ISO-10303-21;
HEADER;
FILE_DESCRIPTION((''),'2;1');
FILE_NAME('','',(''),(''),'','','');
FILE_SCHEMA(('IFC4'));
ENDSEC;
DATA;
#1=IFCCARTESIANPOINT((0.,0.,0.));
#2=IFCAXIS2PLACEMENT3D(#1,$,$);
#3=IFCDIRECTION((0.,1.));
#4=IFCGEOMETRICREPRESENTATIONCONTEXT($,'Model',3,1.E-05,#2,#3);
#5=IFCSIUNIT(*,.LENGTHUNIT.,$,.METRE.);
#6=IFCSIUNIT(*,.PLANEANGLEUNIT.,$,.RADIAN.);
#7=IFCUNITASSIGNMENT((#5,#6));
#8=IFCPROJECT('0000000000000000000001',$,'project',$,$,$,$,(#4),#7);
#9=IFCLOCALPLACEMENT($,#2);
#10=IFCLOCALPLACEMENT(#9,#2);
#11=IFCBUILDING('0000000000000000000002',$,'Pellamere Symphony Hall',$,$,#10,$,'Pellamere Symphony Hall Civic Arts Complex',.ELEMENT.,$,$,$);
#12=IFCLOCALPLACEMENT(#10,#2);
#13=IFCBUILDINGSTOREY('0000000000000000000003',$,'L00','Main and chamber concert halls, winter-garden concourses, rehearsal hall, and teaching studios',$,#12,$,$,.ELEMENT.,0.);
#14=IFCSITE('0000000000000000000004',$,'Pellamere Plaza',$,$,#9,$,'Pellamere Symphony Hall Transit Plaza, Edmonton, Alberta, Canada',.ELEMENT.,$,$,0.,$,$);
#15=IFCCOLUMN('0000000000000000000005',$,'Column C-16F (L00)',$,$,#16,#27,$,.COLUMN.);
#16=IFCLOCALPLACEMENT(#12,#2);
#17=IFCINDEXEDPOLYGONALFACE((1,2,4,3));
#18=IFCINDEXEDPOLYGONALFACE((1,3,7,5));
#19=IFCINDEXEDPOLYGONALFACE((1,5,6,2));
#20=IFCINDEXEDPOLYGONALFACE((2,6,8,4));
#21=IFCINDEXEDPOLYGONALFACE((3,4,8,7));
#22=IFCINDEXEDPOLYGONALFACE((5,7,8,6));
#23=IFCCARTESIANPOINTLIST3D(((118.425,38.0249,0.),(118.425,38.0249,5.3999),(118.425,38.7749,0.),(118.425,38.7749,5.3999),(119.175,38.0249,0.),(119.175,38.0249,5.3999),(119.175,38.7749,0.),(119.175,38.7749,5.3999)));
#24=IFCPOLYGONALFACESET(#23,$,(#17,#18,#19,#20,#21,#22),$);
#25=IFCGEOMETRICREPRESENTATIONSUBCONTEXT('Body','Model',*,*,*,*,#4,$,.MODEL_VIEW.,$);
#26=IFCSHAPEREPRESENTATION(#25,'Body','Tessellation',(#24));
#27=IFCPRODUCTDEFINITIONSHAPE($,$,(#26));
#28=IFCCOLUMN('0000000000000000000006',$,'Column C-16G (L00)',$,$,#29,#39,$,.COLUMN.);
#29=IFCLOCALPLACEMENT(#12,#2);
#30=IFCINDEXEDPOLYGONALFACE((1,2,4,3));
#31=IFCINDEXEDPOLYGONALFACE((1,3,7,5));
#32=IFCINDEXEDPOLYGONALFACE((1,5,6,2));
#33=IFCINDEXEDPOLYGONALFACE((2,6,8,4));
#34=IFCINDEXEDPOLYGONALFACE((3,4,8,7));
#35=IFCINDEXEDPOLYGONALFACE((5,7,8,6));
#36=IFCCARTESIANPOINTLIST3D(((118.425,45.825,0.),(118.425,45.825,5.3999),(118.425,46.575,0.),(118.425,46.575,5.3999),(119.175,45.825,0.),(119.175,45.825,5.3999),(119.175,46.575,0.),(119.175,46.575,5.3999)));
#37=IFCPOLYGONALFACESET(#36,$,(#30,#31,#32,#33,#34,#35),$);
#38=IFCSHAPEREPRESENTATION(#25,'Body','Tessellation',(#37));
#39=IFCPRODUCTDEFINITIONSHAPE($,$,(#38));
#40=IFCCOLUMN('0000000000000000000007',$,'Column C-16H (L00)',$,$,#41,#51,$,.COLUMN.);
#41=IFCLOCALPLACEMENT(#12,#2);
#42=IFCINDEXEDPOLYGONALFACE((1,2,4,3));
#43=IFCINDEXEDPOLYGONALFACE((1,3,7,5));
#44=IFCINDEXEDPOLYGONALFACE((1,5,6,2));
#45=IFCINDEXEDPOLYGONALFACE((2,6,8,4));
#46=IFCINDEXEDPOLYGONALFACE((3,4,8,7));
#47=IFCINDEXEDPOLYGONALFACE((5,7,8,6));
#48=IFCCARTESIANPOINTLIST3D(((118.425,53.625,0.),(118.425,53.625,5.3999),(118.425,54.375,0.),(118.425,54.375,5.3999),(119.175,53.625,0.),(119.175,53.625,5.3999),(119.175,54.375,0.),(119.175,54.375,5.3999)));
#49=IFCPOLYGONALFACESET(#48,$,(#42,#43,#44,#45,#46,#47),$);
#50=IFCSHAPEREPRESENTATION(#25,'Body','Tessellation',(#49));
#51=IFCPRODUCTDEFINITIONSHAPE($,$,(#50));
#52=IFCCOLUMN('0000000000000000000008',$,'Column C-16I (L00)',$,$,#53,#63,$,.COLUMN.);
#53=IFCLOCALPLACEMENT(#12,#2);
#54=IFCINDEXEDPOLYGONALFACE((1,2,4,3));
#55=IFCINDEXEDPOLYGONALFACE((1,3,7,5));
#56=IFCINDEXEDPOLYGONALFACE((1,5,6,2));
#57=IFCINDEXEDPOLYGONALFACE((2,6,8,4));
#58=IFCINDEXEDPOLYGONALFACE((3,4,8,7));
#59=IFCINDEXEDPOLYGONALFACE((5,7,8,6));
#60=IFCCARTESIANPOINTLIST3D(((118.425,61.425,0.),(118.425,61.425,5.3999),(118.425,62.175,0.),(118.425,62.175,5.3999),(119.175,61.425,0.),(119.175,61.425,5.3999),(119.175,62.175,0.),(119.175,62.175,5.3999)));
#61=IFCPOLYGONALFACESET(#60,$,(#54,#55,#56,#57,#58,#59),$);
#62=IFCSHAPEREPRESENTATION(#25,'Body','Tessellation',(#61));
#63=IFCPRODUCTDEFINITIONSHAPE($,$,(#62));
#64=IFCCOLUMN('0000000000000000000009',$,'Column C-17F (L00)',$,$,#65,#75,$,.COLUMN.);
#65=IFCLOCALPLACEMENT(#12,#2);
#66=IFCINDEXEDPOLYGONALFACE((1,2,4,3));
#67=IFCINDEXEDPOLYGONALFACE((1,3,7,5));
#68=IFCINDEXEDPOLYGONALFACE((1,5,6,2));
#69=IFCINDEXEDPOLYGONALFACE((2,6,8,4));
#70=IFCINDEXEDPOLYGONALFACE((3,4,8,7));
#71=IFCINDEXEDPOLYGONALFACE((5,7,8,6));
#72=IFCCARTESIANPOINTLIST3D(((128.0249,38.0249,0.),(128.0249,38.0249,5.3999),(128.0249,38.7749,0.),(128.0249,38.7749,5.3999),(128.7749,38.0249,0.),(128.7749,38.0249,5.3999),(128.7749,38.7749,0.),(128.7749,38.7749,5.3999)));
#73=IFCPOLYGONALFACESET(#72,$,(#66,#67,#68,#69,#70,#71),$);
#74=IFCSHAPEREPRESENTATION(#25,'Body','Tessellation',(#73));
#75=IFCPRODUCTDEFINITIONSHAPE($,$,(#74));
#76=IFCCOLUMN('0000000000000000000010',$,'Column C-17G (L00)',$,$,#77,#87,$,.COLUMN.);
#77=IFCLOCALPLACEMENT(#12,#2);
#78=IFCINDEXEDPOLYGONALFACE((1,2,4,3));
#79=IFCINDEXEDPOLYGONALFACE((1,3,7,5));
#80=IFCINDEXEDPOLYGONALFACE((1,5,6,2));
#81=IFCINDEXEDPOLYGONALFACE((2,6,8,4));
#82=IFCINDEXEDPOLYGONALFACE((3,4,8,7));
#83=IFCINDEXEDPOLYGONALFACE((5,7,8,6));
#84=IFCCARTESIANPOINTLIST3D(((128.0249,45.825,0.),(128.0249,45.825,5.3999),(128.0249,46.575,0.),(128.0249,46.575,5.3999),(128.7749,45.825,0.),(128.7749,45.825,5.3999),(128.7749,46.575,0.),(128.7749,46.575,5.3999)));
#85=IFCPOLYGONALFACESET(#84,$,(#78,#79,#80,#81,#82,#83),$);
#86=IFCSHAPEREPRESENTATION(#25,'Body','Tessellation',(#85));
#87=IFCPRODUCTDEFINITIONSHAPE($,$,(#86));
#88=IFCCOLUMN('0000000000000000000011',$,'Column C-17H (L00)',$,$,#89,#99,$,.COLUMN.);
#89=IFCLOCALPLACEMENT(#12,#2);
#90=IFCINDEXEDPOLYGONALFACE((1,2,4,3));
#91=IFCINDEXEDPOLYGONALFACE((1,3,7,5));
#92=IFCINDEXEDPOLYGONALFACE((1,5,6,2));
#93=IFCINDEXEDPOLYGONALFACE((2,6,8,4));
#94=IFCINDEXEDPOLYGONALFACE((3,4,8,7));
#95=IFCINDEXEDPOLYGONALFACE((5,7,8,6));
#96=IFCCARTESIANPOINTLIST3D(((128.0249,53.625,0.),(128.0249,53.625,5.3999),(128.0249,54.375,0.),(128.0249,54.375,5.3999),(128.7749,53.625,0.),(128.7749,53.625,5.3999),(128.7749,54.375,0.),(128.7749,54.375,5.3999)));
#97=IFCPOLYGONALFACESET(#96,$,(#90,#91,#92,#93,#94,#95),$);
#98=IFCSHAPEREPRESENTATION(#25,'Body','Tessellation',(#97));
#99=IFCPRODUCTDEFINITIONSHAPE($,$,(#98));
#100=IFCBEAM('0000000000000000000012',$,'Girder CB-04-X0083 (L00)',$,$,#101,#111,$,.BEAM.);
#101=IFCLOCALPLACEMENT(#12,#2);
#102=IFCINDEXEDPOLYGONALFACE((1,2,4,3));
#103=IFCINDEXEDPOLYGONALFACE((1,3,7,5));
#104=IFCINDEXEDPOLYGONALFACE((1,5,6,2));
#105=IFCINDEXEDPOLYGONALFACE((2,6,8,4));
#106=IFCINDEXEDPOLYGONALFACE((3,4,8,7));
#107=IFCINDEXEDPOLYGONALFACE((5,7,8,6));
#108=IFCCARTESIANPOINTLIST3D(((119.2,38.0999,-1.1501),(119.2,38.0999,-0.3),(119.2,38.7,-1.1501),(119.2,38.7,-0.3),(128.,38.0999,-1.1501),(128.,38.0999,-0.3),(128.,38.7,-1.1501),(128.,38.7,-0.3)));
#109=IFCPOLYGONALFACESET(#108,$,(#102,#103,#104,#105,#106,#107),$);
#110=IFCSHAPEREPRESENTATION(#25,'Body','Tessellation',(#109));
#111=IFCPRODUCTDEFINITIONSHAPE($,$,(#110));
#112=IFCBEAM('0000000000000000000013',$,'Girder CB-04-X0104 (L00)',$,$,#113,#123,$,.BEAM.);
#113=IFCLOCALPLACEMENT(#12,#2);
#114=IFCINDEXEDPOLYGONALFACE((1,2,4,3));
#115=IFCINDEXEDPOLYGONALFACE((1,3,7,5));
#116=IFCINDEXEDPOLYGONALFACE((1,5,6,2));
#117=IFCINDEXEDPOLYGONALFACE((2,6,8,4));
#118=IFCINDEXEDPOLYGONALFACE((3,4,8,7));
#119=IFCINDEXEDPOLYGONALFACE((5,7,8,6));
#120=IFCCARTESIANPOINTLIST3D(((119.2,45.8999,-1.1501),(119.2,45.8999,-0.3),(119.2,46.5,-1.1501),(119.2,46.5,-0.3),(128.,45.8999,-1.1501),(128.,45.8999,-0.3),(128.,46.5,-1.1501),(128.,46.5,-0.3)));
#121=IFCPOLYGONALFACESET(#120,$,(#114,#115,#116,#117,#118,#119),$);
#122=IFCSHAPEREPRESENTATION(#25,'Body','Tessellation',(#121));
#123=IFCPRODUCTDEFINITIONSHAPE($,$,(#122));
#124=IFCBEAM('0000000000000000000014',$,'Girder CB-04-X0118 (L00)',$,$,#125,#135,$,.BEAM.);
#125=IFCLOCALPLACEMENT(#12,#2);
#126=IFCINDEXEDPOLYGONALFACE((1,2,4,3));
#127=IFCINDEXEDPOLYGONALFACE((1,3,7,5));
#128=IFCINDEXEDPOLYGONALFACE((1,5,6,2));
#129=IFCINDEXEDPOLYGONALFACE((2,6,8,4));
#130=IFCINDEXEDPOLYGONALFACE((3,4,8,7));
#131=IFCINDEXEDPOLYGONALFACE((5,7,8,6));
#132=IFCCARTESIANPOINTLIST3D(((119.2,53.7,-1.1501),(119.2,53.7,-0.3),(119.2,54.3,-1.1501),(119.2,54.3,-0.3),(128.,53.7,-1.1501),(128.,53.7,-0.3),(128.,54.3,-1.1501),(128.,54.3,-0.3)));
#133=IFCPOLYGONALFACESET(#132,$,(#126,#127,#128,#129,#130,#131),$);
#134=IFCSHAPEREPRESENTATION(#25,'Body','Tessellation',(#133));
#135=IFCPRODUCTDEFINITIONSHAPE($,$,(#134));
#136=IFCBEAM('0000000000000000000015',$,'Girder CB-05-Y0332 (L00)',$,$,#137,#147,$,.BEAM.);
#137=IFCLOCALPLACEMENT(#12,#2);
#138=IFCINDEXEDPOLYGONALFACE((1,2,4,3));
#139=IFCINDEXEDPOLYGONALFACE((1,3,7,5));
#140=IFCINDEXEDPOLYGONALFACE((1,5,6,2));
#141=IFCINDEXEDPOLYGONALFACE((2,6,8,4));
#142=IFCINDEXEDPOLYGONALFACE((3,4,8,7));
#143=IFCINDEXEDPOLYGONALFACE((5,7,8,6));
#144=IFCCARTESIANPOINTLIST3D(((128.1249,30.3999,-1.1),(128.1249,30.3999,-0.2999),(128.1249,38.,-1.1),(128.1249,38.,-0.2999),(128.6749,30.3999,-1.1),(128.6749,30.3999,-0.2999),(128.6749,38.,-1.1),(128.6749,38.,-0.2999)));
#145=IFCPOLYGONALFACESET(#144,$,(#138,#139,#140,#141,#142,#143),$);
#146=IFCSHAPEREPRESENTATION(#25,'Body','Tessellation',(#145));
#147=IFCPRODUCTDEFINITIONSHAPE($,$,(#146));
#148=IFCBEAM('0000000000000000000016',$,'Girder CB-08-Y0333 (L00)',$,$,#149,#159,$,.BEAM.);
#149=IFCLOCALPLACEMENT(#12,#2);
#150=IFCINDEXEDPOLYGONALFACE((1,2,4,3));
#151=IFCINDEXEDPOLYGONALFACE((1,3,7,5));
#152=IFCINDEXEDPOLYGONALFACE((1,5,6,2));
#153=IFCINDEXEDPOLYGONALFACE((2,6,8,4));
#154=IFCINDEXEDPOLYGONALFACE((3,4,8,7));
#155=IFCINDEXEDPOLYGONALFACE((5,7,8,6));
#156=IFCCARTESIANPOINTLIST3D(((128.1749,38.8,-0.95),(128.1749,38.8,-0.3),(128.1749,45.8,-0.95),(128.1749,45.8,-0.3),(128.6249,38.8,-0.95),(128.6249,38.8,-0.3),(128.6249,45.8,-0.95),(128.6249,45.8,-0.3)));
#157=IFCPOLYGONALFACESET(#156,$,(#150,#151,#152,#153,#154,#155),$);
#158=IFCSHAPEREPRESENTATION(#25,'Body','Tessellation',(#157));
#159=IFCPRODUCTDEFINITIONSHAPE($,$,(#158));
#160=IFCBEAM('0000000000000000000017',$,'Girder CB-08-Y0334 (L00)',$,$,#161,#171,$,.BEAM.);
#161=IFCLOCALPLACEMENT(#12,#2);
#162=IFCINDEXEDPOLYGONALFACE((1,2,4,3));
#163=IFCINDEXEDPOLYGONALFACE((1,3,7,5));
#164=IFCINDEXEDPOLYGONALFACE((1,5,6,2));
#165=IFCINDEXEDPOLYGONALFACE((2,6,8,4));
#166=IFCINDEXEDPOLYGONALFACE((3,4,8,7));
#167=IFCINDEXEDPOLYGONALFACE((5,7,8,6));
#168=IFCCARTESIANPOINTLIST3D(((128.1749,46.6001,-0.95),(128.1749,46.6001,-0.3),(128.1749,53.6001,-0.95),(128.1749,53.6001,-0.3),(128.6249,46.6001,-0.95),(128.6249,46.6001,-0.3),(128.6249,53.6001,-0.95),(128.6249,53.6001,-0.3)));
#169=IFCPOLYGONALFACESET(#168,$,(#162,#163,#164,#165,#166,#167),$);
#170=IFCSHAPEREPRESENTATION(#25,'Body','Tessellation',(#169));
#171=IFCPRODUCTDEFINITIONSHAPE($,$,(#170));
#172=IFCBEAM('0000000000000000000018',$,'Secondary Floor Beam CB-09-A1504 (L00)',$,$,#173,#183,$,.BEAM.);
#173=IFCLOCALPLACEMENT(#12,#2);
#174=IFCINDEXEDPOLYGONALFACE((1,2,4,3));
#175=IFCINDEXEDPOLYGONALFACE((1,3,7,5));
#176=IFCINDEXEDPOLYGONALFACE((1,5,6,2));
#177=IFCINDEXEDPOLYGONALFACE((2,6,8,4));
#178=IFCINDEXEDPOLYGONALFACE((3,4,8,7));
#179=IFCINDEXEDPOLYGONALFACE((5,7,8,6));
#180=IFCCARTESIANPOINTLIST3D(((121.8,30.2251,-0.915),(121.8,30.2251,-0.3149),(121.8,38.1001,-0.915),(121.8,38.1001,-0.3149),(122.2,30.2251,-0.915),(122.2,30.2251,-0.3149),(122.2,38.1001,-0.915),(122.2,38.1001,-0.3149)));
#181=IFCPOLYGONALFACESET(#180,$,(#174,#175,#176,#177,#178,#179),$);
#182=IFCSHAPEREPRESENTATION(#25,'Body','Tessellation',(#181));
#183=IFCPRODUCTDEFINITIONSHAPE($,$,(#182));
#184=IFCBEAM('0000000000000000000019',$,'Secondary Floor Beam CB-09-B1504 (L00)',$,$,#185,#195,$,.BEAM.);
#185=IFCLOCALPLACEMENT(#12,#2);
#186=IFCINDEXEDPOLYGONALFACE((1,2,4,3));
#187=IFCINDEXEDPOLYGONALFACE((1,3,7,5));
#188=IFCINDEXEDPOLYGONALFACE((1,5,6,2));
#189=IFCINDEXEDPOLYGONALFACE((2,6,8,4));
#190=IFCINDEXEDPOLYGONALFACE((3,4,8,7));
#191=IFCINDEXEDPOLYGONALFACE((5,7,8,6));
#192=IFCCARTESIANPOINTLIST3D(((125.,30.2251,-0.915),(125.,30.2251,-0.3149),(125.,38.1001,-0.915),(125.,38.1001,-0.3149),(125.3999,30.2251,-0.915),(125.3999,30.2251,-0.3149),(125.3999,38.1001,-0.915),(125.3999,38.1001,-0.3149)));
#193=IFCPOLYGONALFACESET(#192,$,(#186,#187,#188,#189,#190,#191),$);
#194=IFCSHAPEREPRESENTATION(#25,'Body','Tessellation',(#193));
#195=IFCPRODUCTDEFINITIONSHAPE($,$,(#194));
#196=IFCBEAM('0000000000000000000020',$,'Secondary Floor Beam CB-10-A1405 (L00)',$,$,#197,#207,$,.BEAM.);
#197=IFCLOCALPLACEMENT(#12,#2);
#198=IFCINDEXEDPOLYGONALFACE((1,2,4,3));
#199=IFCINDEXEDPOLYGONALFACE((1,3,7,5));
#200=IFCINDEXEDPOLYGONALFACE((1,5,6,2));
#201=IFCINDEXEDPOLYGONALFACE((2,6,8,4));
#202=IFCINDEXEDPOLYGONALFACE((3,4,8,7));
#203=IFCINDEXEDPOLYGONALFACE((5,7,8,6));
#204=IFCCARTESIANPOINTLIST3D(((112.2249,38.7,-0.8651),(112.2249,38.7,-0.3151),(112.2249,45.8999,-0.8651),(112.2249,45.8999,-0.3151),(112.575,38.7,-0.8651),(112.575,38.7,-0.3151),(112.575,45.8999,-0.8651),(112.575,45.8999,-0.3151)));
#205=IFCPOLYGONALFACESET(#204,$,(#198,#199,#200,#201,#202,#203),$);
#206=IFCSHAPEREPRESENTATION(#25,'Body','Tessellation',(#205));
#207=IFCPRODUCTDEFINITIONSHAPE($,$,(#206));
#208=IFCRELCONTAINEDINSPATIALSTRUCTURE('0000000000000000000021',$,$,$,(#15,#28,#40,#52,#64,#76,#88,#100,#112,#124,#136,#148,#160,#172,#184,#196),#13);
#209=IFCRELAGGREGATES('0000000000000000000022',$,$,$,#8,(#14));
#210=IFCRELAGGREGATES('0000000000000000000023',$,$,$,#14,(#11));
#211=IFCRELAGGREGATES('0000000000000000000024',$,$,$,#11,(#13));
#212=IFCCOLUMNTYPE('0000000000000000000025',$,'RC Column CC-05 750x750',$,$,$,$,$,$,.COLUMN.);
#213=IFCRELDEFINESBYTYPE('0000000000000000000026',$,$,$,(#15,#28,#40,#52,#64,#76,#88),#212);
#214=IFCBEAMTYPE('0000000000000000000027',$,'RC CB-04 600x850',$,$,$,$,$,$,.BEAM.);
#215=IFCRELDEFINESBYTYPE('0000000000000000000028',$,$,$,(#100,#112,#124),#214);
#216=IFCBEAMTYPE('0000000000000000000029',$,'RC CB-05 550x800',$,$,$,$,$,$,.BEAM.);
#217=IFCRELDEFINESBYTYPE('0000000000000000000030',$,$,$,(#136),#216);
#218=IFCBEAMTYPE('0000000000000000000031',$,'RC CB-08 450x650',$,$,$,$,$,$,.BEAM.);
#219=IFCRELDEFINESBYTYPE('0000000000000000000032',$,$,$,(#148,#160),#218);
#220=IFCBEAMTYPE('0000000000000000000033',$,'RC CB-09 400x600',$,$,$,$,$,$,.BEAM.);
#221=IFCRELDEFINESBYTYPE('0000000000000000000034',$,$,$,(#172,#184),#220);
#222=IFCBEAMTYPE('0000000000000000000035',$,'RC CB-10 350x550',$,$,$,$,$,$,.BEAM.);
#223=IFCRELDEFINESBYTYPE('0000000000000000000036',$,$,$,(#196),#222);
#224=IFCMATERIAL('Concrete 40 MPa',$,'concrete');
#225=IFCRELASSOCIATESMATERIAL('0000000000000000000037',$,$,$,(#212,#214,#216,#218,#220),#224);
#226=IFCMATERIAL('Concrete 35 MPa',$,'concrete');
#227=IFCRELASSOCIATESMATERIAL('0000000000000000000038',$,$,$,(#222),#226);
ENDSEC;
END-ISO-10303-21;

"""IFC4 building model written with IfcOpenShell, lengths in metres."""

from ifc_helpers import new_model, si_unit, direction, frame, origin, origin_2d, place, context, subcontext, project, spatial, rectangle, extrude, material, material_profile, profile_set, type_object, element, save


model = new_model("IFC4")

# Units and contexts
model_context = context("Model", 3, precision=1e-05, world=origin(), true_north=direction((0.0, 1.0)))
body_context = subcontext(model_context, "Body", "Model", "MODEL_VIEW")
ifc_project = project(units=[si_unit("LENGTHUNIT", "METRE"), si_unit("PLANEANGLEUNIT", "RADIAN")], contexts=[model_context])

# Site, building, storey
site_placement = place(None, origin())
site = spatial("IfcSite", under=ifc_project, at=site_placement, Name="Pellamere Plaza", LongName="Pellamere Symphony Hall Transit Plaza, Edmonton, Alberta, Canada", CompositionType="ELEMENT", RefElevation=0.0)
building_placement = place(site_placement, origin())
building = spatial("IfcBuilding", under=site, at=building_placement, Name="Pellamere Symphony Hall", LongName="Pellamere Symphony Hall Civic Arts Complex", CompositionType="ELEMENT")
storey_placement = place(building_placement, origin())
storey = spatial("IfcBuildingStorey", under=building, at=storey_placement, Name="L00", Description="Main and chamber concert halls, winter-garden concourses, rehearsal hall, and teaching studios", CompositionType="ELEMENT", Elevation=0.0)

# Columns
ifc_material_1 = material(Name="Concrete 40 MPa", Category="concrete")
ifc_material_profile_1 = material_profile(ifc_material_1, rectangle(XDim=0.75, YDim=0.75, at=origin_2d()), Name="RC 750x750")
ifc_profile_set_1 = profile_set([ifc_material_profile_1], Name="Concrete 40 MPa")
column_type = type_object("IfcColumnType", Name="RC Column CC-05 750x750", PredefinedType="COLUMN", material=ifc_profile_set_1)
for number, where, z_axis, x_axis, name in (
    (1, (118.8, 38.3999, 0.0), (0.0, 0.0, 1.0), (1.0, 0.0, 0.0), "Column C-16F (L00)"),
    (2, (118.8, 46.2, 0.0), (0.0, 0.0, 1.0), (1.0, 0.0, 0.0), "Column C-16G (L00)"),
    (3, (118.8, 54.0, 0.0), (0.0, 0.0, 1.0), (1.0, 0.0, 0.0), "Column C-16H (L00)"),
    (4, (118.8, 61.8, 0.0), (0.0, 0.0, 1.0), (1.0, 0.0, 0.0), "Column C-16I (L00)"),
    (5, (128.3999, 38.3999, 0.0), (0.0, 0.0, 1.0), (1.0, 0.0, 0.0), "Column C-17F (L00)"),
    (6, (128.3999, 46.2, 0.0), (0.0, 0.0, 1.0), (1.0, 0.0, 0.0), "Column C-17G (L00)"),
    (7, (128.3999, 54.0, 0.0), (0.0, 0.0, 1.0), (1.0, 0.0, 0.0), "Column C-17H (L00)"),
):
    element("IfcColumn", number, at=place(storey_placement, frame(where, z_axis=z_axis, x_axis=x_axis)), inside=storey, type_object=column_type, Name=name, PredefinedType="COLUMN", context=body_context, shape_type="SweptSolid", body=[
        extrude(rectangle(XDim=0.75, YDim=0.75, at=origin_2d()), origin(), (0.0, 0.0, 1.0), 5.3999),
    ])

# Beams
ifc_material_profile_2 = material_profile(ifc_material_1, rectangle(XDim=0.6001, YDim=0.8501, at=origin_2d()), Name="RC 600x850")
ifc_profile_set_2 = profile_set([ifc_material_profile_2], Name="Concrete 40 MPa")
beam_type_1 = type_object("IfcBeamType", Name="RC CB-04 600x850", PredefinedType="BEAM", material=ifc_profile_set_2)
for number, where, z_axis, x_axis, name in (
    (8, (119.2, 38.3999, -0.7251), (1.0, 0.0, 0.0), (0.0, 1.0, 0.0), "Girder CB-04-X0083 (L00)"),
    (9, (119.2, 46.2, -0.7251), (1.0, 0.0, 0.0), (0.0, 1.0, 0.0), "Girder CB-04-X0104 (L00)"),
    (10, (119.2, 54.0, -0.7251), (1.0, 0.0, 0.0), (0.0, 1.0, 0.0), "Girder CB-04-X0118 (L00)"),
):
    element("IfcBeam", number, at=place(storey_placement, frame(where, z_axis=z_axis, x_axis=x_axis)), inside=storey, type_object=beam_type_1, Name=name, PredefinedType="BEAM", context=body_context, shape_type="SweptSolid", body=[
        extrude(rectangle(XDim=0.6001, YDim=0.8501, at=origin_2d()), origin(), (0.0, 0.0, 1.0), 8.8),
    ])
ifc_material_profile_3 = material_profile(ifc_material_1, rectangle(XDim=0.55, YDim=0.8, at=origin_2d()), Name="RC 550x800")
ifc_profile_set_3 = profile_set([ifc_material_profile_3], Name="Concrete 40 MPa")
beam_type_2 = type_object("IfcBeamType", Name="RC CB-05 550x800", PredefinedType="BEAM", material=ifc_profile_set_3)
beam_1_placement = place(storey_placement, frame((128.3999, 30.3999, -0.7), z_axis=(0.0, 1.0, 0.0), x_axis=(-1.0, 0.0, 0.0)))
element("IfcBeam", 11, at=beam_1_placement, inside=storey, type_object=beam_type_2, Name="Girder CB-05-Y0332 (L00)", PredefinedType="BEAM", context=body_context, shape_type="SweptSolid", body=[
    extrude(rectangle(XDim=0.55, YDim=0.8, at=origin_2d()), origin(), (0.0, 0.0, 1.0), 7.6001),
])
ifc_material_profile_4 = material_profile(ifc_material_1, rectangle(XDim=0.45, YDim=0.6499, at=origin_2d()), Name="RC 450x650")
ifc_profile_set_4 = profile_set([ifc_material_profile_4], Name="Concrete 40 MPa")
beam_type_3 = type_object("IfcBeamType", Name="RC CB-08 450x650", PredefinedType="BEAM", material=ifc_profile_set_4)
for number, where, z_axis, x_axis, name in (
    (12, (128.3999, 38.8, -0.625), (0.0, 1.0, 0.0), (-1.0, 0.0, 0.0), "Girder CB-08-Y0333 (L00)"),
    (13, (128.3999, 46.6001, -0.625), (0.0, 1.0, 0.0), (-1.0, 0.0, 0.0), "Girder CB-08-Y0334 (L00)"),
):
    element("IfcBeam", number, at=place(storey_placement, frame(where, z_axis=z_axis, x_axis=x_axis)), inside=storey, type_object=beam_type_3, Name=name, PredefinedType="BEAM", context=body_context, shape_type="SweptSolid", body=[
        extrude(rectangle(XDim=0.45, YDim=0.6499, at=origin_2d()), origin(), (0.0, 0.0, 1.0), 7.0),
    ])
ifc_material_profile_5 = material_profile(ifc_material_1, rectangle(XDim=0.3999, YDim=0.6001, at=origin_2d()), Name="RC 400x600")
ifc_profile_set_5 = profile_set([ifc_material_profile_5], Name="Concrete 40 MPa")
beam_type_4 = type_object("IfcBeamType", Name="RC CB-09 400x600", PredefinedType="BEAM", material=ifc_profile_set_5)
for number, where, z_axis, x_axis, name in (
    (14, (122.0, 30.2251, -0.615), (0.0, 1.0, 0.0), (-1.0, 0.0, 0.0), "Secondary Floor Beam CB-09-A1504 (L00)"),
    (15, (125.2, 30.2251, -0.615), (0.0, 1.0, 0.0), (-1.0, 0.0, 0.0), "Secondary Floor Beam CB-09-B1504 (L00)"),
):
    element("IfcBeam", number, at=place(storey_placement, frame(where, z_axis=z_axis, x_axis=x_axis)), inside=storey, type_object=beam_type_4, Name=name, PredefinedType="BEAM", context=body_context, shape_type="SweptSolid", body=[
        extrude(rectangle(XDim=0.3999, YDim=0.6001, at=origin_2d()), origin(), (0.0, 0.0, 1.0), 7.875),
    ])
ifc_material_2 = material(Name="Concrete 35 MPa", Category="concrete")
ifc_material_profile_6 = material_profile(ifc_material_2, rectangle(XDim=0.3501, YDim=0.55, at=origin_2d()), Name="RC 350x550")
ifc_profile_set_6 = profile_set([ifc_material_profile_6], Name="Concrete 35 MPa")
beam_type_5 = type_object("IfcBeamType", Name="RC CB-10 350x550", PredefinedType="BEAM", material=ifc_profile_set_6)
for number, where, z_axis, x_axis, name in (
    (16, (112.3999, 38.7, -0.5901), (0.0, 1.0, 0.0), (-1.0, 0.0, 0.0), "Secondary Floor Beam CB-10-A1405 (L00)"),
):
    element("IfcBeam", number, at=place(storey_placement, frame(where, z_axis=z_axis, x_axis=x_axis)), inside=storey, type_object=beam_type_5, Name=name, PredefinedType="BEAM", context=body_context, shape_type="SweptSolid", body=[
        extrude(rectangle(XDim=0.3501, YDim=0.55, at=origin_2d()), origin(), (0.0, 0.0, 1.0), 7.2),
    ])

save(model, "model.ifc")
